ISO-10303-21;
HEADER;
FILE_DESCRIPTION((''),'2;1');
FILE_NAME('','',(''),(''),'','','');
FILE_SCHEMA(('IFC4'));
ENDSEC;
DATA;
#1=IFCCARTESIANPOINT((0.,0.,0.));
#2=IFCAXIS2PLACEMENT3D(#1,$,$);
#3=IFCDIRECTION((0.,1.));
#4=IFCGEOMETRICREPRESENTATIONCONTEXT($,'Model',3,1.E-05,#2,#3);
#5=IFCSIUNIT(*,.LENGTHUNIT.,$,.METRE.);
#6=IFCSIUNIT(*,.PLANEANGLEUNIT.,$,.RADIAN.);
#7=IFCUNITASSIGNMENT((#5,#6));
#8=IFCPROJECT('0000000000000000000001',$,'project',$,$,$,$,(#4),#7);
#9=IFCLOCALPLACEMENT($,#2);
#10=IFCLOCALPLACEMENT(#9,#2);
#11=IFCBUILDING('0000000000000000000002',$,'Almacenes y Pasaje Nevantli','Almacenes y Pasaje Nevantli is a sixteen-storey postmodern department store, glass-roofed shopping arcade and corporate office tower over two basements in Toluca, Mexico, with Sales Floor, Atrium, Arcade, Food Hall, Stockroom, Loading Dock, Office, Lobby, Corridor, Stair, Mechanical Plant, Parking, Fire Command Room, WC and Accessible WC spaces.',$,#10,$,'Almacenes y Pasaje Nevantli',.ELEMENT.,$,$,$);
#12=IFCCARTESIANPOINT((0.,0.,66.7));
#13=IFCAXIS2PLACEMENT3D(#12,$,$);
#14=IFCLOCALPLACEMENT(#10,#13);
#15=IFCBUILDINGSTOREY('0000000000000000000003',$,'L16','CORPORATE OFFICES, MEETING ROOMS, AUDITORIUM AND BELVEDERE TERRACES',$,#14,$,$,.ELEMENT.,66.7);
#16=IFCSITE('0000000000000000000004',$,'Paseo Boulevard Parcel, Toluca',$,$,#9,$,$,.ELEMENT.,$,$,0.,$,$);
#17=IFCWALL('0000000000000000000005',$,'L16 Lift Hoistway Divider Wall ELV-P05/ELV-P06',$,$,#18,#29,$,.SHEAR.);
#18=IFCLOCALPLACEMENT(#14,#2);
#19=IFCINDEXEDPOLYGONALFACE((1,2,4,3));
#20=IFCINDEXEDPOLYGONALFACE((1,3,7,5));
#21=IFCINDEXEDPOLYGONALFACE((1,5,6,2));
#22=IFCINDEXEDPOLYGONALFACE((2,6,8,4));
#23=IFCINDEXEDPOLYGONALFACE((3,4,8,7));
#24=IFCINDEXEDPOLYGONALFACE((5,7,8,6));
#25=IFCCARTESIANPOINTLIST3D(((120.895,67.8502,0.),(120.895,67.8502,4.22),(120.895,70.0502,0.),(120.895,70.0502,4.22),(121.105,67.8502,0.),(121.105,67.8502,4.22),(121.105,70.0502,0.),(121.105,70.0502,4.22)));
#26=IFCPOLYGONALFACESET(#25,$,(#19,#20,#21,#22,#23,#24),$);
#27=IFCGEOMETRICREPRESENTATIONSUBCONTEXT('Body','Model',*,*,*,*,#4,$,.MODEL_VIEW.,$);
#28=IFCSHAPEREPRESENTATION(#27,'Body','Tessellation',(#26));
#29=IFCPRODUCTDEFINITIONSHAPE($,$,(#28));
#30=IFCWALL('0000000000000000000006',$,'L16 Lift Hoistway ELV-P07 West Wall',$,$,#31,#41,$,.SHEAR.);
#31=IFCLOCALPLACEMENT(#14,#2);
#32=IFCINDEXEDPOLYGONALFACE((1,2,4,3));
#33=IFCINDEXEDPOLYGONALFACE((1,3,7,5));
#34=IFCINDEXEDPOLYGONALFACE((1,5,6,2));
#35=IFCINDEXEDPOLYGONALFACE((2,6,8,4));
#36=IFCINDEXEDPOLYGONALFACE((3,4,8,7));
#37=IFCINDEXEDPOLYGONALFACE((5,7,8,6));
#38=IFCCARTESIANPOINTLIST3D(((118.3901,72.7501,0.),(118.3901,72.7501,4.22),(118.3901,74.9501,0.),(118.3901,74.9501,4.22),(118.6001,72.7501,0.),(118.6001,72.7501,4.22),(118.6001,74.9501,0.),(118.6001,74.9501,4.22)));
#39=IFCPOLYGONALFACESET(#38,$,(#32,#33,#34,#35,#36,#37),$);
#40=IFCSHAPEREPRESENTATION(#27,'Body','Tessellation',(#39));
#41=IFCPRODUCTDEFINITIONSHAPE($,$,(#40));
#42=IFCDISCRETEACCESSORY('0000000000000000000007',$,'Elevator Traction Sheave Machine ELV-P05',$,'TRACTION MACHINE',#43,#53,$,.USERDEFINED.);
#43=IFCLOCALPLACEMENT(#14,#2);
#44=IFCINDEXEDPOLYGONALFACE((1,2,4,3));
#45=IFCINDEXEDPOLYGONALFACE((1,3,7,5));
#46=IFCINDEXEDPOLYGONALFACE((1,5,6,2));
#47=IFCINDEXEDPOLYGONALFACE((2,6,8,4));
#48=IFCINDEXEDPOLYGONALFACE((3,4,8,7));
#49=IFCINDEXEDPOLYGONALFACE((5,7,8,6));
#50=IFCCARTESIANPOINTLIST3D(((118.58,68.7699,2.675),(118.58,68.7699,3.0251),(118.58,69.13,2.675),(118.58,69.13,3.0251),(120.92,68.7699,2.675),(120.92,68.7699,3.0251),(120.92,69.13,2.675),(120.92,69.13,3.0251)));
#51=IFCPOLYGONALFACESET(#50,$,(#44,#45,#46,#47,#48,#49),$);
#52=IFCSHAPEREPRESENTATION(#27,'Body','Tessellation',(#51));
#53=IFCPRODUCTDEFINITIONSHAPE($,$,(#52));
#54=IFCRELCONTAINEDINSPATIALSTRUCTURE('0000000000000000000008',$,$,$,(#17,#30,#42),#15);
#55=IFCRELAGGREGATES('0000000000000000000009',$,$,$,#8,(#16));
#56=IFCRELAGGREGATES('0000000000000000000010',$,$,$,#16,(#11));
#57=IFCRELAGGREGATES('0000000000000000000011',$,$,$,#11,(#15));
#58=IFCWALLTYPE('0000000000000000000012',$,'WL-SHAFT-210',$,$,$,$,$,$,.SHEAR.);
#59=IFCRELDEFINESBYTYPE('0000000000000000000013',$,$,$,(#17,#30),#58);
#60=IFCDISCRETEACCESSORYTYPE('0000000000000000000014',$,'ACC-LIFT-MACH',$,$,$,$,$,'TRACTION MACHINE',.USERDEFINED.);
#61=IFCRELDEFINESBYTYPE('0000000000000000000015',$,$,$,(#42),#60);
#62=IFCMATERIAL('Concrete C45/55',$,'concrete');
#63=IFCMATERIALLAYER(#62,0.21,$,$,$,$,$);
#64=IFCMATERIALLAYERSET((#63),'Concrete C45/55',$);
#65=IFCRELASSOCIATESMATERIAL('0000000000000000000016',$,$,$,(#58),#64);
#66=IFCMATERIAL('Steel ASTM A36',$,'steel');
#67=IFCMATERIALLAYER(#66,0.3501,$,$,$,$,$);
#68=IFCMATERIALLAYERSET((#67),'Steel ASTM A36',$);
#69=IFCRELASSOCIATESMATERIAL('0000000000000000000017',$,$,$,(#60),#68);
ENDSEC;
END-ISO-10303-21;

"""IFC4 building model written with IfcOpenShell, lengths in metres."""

from ifc_helpers import new_model, si_unit, direction, frame, frame_2d, origin, origin_2d, place, context, subcontext, project, spatial, rectangle, extrude, material, layer, layer_set, type_object, element, save


model = new_model("IFC4")

# Units and contexts
model_context = context("Model", 3, precision=1e-05, world=origin(), true_north=direction((0.0, 1.0)))
body_context = subcontext(model_context, "Body", "Model", "MODEL_VIEW")
ifc_project = project(units=[si_unit("LENGTHUNIT", "METRE"), si_unit("PLANEANGLEUNIT", "RADIAN")], contexts=[model_context])

# Site, building, storey
site_placement = place(None, origin())
site = spatial("IfcSite", under=ifc_project, at=site_placement, Name="Paseo Boulevard Parcel, Toluca", CompositionType="ELEMENT", RefElevation=0.0)
building_placement = place(site_placement, origin())
building = spatial("IfcBuilding", under=site, at=building_placement, Name="Almacenes y Pasaje Nevantli", Description="Almacenes y Pasaje Nevantli is a sixteen-storey postmodern department store, glass-roofed shopping arcade and corporate office tower over two basements in Toluca, Mexico, with Sales Floor, Atrium, Arcade, Food Hall, Stockroom, Loading Dock, Office, Lobby, Corridor, Stair, Mechanical Plant, Parking, Fire Command Room, WC and Accessible WC spaces.", LongName="Almacenes y Pasaje Nevantli", CompositionType="ELEMENT")
storey_placement = place(building_placement, frame((0.0, 0.0, 66.7)))
storey = spatial("IfcBuildingStorey", under=building, at=storey_placement, Name="L16", Description="CORPORATE OFFICES, MEETING ROOMS, AUDITORIUM AND BELVEDERE TERRACES", CompositionType="ELEMENT", Elevation=66.7)

# Shared definitions
ifc_material_1 = material(Name="Concrete C45/55", Category="concrete")
ifc_layer_1 = layer(ifc_material_1, 0.21)
ifc_layer_set_1 = layer_set([ifc_layer_1], Name="Concrete C45/55")
wall_type = type_object("IfcWallType", Name="WL-SHAFT-210", PredefinedType="SHEAR", material=ifc_layer_set_1)

# Wall
for number, where, z_axis, x_axis, name in (
    (1, (121.0, 67.8501, 0.0), (0.0, 0.0, 1.0), (0.0, 1.0, 0.0), "L16 Lift Hoistway Divider Wall ELV-P05/ELV-P06"),
):
    element("IfcWall", number, at=place(storey_placement, frame(where, z_axis=z_axis, x_axis=x_axis)), inside=storey, type_object=wall_type, Name=name, PredefinedType="SHEAR", context=body_context, shape_type="SweptSolid", body=[
        extrude(rectangle(XDim=2.2, YDim=0.21, at=frame_2d((1.1001, 0.0))), origin(), (0.0, 0.0, 1.0), 4.22),
    ])

# Wall
wall_1_placement = place(storey_placement, frame((118.4951, 72.75, 0.0), z_axis=(0.0, 0.0, 1.0), x_axis=(0.0, 1.0, 0.0)))
element("IfcWall", 2, at=wall_1_placement, inside=storey, type_object=wall_type, Name="L16 Lift Hoistway ELV-P07 West Wall", PredefinedType="SHEAR", context=body_context, shape_type="SweptSolid", body=[
    extrude(rectangle(XDim=2.2, YDim=0.21, at=frame_2d((1.1001, 0.0))), origin(), (0.0, 0.0, 1.0), 4.22),
])

# Discrete accessory
ifc_material_2 = material(Name="Steel ASTM A36", Category="steel")
ifc_layer_2 = layer(ifc_material_2, 0.3501)
ifc_layer_set_2 = layer_set([ifc_layer_2], Name="Steel ASTM A36")
discrete_accessory_type = type_object("IfcDiscreteAccessoryType", Name="ACC-LIFT-MACH", ElementType="TRACTION MACHINE", PredefinedType="USERDEFINED", material=ifc_layer_set_2)
discrete_accessory_placement = place(storey_placement, frame((119.75, 68.95, 2.675), z_axis=(0.0, 0.0, 1.0), x_axis=(1.0, 0.0, 0.0)))
element("IfcDiscreteAccessory", 3, at=discrete_accessory_placement, inside=storey, type_object=discrete_accessory_type, Name="Elevator Traction Sheave Machine ELV-P05", ObjectType="TRACTION MACHINE", PredefinedType="USERDEFINED", context=body_context, shape_type="SweptSolid", body=[
    extrude(rectangle(XDim=2.3401, YDim=0.3601, at=origin_2d()), origin(), (0.0, 0.0, 1.0), 0.3501),
])

save(model, "model.ifc")
